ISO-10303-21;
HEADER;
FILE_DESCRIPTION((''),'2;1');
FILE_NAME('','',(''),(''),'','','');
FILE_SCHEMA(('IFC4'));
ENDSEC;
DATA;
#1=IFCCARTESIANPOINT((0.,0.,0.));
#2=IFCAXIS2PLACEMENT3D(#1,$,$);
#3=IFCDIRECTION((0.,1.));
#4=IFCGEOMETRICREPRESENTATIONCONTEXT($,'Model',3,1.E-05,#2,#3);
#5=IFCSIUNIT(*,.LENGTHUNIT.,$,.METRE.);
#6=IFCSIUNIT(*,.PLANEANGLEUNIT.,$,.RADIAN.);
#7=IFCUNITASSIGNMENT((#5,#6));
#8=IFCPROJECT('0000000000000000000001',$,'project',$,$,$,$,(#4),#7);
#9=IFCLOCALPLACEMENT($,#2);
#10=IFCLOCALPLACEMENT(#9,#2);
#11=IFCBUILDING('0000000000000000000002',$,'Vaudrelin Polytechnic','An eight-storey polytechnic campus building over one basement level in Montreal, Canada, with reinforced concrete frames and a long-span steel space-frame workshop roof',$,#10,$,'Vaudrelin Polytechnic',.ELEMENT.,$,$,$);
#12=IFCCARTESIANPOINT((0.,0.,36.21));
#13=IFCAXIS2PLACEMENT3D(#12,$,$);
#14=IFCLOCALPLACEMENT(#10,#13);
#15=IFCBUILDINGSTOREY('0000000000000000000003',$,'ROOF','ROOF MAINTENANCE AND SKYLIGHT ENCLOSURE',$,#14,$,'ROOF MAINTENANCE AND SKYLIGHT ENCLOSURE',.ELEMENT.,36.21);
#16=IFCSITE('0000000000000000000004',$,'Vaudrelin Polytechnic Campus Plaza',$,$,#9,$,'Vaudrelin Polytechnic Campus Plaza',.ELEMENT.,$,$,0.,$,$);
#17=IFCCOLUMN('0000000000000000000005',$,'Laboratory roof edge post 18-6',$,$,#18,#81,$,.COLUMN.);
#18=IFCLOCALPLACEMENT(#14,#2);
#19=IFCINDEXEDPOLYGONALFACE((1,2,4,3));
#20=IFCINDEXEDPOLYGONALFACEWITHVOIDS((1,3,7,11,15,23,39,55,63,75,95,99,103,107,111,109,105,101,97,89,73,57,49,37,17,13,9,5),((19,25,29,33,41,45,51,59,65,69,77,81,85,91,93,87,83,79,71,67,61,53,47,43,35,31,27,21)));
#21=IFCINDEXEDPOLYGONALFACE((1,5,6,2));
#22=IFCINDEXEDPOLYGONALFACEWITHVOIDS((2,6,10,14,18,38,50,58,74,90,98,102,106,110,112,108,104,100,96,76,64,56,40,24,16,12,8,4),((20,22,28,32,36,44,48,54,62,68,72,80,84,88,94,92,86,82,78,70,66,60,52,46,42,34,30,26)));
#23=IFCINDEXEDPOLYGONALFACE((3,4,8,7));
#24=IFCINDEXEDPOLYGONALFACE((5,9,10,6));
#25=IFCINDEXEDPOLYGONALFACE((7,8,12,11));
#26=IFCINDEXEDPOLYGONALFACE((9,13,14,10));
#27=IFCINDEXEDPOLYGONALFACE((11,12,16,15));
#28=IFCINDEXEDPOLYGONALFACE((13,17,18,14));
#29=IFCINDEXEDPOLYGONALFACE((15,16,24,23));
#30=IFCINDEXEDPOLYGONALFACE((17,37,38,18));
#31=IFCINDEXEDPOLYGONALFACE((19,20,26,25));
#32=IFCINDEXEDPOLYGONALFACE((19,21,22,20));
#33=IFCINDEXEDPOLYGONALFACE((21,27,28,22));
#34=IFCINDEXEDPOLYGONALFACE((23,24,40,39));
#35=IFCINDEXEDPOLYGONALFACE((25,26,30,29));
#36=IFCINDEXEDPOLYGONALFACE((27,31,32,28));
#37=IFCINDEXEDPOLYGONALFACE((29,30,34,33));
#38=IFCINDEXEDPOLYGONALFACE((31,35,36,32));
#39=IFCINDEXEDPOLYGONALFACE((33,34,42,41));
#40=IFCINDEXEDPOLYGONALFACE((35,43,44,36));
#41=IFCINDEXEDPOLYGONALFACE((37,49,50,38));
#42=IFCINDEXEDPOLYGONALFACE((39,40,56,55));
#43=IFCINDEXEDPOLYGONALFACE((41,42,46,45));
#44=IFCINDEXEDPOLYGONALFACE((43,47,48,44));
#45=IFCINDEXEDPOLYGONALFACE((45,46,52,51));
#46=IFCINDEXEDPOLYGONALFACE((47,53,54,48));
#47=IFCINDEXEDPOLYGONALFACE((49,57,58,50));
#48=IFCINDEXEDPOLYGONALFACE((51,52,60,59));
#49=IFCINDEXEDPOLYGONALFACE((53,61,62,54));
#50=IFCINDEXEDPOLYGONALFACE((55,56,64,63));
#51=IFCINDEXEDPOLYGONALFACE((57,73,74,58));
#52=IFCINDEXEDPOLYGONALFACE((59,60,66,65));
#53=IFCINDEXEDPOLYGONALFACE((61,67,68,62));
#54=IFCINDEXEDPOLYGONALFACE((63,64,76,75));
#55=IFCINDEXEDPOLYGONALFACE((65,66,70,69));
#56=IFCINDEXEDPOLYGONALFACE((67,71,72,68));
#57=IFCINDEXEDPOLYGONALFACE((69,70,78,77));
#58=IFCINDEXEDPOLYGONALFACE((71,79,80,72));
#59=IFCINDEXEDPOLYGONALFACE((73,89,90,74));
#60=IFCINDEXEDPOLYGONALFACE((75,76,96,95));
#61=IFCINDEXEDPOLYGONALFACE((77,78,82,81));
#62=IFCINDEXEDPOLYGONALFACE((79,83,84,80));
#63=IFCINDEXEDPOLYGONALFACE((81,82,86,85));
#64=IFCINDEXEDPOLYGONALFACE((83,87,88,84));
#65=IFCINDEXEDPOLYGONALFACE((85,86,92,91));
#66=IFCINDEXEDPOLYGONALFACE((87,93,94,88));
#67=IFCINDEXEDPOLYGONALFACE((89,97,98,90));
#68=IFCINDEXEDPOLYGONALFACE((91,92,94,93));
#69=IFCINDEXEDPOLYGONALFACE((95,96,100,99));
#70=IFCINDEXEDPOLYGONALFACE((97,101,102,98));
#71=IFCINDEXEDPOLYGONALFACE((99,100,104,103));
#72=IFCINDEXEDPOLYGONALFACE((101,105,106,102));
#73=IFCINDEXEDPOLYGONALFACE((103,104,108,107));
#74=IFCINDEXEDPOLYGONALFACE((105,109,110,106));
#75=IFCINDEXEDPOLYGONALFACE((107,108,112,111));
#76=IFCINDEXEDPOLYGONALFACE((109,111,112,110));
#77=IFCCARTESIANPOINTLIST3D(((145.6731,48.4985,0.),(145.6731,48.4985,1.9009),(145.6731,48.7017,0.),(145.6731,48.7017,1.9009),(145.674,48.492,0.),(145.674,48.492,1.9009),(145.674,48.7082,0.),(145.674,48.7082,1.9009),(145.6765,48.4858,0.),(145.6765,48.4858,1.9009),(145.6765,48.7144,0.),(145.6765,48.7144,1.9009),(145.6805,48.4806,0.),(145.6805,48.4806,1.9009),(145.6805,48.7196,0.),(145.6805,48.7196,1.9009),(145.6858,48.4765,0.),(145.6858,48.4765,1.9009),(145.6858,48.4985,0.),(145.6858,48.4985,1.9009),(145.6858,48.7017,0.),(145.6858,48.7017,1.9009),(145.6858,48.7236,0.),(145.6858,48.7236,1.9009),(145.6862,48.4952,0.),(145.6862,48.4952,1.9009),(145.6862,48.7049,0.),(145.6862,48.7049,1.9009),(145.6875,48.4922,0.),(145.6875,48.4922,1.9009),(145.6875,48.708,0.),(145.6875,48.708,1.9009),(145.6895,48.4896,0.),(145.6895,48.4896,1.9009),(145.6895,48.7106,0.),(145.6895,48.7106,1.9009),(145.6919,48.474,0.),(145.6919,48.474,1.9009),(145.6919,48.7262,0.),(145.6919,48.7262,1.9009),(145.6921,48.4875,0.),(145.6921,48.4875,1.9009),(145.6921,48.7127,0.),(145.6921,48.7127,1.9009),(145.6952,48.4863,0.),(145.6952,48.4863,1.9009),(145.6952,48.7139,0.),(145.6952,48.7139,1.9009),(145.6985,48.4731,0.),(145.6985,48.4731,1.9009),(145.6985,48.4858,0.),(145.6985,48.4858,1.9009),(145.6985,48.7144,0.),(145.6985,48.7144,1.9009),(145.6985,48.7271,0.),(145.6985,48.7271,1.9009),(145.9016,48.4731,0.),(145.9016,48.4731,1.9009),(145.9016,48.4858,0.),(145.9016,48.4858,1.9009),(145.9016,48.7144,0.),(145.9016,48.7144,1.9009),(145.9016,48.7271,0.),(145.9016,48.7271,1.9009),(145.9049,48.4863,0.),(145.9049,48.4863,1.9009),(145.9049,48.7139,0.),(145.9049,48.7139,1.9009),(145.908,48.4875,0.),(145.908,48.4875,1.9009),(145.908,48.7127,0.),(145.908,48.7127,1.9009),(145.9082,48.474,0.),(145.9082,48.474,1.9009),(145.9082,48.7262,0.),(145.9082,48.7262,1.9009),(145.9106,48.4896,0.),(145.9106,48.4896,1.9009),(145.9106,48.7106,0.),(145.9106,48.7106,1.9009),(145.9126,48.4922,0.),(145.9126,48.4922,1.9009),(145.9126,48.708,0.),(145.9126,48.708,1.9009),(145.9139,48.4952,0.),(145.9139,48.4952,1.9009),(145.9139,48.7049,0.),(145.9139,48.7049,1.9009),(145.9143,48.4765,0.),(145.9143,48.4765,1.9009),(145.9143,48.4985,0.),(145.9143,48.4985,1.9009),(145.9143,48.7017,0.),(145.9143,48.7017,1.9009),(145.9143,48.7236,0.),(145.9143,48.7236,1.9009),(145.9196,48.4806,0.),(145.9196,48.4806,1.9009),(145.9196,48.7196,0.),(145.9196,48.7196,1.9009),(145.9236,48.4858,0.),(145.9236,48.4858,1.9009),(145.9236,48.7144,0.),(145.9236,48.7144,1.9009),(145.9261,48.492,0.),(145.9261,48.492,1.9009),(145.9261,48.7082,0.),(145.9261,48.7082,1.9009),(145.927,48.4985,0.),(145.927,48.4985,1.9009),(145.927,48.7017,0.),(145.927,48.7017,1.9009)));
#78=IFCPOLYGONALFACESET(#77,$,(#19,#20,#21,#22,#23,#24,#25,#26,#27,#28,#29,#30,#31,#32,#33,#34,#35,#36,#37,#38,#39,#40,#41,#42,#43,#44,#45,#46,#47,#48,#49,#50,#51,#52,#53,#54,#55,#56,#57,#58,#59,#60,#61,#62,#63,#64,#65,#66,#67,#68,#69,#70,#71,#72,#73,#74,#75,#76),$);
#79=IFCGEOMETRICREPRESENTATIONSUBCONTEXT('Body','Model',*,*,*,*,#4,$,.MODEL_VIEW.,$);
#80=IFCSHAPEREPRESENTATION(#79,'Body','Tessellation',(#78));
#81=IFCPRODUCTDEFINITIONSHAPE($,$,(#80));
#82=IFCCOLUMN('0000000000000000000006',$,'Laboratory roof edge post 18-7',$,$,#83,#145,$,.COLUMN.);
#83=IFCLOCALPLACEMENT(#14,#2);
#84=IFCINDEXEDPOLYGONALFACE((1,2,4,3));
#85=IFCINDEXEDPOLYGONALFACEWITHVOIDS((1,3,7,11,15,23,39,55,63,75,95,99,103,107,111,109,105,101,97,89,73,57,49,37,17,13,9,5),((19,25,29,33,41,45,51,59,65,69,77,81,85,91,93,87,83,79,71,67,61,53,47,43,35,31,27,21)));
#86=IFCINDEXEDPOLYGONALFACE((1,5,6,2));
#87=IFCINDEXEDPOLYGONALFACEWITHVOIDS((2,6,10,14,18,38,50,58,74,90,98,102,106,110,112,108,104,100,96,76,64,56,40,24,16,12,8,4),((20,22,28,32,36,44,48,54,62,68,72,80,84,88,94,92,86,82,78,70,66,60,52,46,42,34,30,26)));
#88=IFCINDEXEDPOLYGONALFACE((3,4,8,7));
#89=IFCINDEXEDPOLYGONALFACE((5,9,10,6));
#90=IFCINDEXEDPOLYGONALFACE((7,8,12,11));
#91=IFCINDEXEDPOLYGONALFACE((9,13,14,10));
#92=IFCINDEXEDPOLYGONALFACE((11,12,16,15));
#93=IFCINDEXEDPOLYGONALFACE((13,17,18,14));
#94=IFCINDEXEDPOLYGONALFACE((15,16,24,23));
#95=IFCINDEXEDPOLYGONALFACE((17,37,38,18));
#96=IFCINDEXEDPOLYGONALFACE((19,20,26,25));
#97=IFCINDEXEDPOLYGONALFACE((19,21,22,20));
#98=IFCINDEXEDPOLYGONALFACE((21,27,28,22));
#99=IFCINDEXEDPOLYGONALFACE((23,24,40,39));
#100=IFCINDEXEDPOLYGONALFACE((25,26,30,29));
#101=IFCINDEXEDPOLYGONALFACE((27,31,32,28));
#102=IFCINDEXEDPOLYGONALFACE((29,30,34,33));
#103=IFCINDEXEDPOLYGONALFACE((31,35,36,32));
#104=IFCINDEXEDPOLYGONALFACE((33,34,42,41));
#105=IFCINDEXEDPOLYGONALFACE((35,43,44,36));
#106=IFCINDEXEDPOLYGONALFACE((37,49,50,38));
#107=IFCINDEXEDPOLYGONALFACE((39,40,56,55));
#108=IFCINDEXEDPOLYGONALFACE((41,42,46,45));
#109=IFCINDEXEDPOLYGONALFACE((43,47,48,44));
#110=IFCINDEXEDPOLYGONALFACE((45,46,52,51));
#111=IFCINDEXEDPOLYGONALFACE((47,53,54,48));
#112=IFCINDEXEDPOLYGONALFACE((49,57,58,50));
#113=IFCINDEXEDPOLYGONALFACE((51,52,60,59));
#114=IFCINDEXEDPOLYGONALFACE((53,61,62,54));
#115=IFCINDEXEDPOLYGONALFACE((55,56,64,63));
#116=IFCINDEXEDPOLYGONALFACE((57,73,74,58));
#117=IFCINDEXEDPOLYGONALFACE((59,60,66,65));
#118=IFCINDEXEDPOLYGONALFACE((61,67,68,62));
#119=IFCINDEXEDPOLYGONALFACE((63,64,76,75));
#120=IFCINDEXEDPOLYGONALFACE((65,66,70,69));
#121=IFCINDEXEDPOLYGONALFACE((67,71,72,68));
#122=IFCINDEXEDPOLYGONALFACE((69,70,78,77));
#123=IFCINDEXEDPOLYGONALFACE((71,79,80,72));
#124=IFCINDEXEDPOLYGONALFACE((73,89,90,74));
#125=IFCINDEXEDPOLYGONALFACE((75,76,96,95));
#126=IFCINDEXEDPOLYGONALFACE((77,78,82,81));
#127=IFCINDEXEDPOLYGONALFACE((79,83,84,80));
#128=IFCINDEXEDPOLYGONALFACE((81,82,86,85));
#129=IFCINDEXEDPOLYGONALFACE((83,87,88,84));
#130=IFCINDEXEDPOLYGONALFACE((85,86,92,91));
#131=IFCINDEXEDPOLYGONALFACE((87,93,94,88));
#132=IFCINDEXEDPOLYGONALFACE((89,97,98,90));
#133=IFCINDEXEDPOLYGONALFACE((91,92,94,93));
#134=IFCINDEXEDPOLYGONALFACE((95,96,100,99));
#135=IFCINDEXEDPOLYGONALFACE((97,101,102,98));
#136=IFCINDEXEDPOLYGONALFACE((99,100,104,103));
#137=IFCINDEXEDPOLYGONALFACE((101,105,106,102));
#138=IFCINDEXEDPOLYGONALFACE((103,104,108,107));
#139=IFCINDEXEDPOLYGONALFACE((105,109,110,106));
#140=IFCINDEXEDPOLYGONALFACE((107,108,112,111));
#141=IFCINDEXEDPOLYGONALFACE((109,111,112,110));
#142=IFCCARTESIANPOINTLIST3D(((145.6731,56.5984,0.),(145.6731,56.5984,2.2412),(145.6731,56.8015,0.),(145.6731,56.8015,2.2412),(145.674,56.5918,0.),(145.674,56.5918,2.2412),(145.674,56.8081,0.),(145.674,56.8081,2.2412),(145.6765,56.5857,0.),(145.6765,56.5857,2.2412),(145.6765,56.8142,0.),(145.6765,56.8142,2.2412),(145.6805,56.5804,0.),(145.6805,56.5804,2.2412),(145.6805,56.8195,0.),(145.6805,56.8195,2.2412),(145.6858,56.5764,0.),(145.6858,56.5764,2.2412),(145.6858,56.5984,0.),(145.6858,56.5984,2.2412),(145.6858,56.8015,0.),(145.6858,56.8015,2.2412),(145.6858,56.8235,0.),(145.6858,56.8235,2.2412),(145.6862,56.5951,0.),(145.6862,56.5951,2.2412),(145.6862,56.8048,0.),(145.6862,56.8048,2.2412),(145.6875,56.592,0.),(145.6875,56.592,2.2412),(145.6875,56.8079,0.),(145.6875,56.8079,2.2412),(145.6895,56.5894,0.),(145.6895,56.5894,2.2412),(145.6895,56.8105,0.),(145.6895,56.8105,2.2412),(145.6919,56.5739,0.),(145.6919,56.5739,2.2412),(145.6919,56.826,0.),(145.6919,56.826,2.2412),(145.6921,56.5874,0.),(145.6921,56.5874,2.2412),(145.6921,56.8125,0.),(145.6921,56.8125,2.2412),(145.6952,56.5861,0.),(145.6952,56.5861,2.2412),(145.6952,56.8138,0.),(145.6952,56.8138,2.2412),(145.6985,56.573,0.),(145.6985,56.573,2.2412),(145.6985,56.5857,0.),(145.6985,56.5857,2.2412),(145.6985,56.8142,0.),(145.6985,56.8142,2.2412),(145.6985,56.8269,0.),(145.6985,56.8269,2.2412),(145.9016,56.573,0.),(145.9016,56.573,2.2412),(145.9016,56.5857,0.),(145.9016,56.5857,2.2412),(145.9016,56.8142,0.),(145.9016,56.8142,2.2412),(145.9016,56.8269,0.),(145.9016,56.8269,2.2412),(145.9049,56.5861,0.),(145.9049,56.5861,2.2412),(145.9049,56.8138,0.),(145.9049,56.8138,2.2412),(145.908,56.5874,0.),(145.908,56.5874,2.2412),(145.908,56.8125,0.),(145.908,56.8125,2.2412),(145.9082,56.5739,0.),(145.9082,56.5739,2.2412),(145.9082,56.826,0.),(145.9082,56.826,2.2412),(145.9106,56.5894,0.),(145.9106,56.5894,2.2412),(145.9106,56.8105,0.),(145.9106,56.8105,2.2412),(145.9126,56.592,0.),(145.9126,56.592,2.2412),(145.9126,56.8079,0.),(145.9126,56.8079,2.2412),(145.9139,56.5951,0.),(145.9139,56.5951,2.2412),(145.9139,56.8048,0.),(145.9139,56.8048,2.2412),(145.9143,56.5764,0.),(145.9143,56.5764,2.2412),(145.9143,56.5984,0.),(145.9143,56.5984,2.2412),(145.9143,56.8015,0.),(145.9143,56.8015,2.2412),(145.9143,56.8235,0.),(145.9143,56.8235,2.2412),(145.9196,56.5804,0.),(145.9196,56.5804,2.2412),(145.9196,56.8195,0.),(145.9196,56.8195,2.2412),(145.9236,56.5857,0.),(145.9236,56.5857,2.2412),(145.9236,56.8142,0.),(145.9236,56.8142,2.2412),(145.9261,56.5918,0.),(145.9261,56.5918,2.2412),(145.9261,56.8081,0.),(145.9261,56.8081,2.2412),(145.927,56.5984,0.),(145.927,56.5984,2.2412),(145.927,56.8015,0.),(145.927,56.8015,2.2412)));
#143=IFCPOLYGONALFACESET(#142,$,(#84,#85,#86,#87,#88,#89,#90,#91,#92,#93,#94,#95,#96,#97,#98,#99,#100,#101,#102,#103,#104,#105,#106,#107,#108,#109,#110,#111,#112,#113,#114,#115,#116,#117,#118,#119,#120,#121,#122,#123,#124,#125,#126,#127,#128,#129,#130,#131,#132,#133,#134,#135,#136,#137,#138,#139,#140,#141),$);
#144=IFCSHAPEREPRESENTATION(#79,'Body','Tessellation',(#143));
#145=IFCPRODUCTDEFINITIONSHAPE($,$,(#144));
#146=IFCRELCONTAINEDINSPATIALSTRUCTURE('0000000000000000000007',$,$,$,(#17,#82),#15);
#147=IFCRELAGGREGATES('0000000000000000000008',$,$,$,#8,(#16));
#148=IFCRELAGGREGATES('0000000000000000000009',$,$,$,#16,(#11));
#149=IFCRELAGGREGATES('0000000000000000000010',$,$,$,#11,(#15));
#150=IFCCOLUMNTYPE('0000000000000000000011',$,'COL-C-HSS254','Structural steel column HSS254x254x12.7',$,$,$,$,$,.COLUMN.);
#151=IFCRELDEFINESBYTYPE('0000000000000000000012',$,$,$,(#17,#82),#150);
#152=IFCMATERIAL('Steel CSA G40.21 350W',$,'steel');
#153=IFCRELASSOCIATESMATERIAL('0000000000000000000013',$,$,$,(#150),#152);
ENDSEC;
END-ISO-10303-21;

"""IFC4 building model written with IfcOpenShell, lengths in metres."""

from ifc_helpers import new_model, si_unit, direction, frame, origin, origin_2d, place, context, subcontext, project, spatial, hollow_rectangle, extrude, material, material_profile, profile_set, type_object, element, save


model = new_model("IFC4")

# Units and contexts
model_context = context("Model", 3, precision=1e-05, world=origin(), true_north=direction((0.0, 1.0)))
body_context = subcontext(model_context, "Body", "Model", "MODEL_VIEW")
ifc_project = project(units=[si_unit("LENGTHUNIT", "METRE"), si_unit("PLANEANGLEUNIT", "RADIAN")], contexts=[model_context])

# Site, building, storey
site_placement = place(None, origin())
site = spatial("IfcSite", under=ifc_project, at=site_placement, Name="Vaudrelin Polytechnic Campus Plaza", LongName="Vaudrelin Polytechnic Campus Plaza", CompositionType="ELEMENT", RefElevation=0.0)
building_placement = place(site_placement, origin())
building = spatial("IfcBuilding", under=site, at=building_placement, Name="Vaudrelin Polytechnic", Description="An eight-storey polytechnic campus building over one basement level in Montreal, Canada, with reinforced concrete frames and a long-span steel space-frame workshop roof", LongName="Vaudrelin Polytechnic", CompositionType="ELEMENT")
storey_placement = place(building_placement, frame((0.0, 0.0, 36.21)))
storey = spatial("IfcBuildingStorey", under=building, at=storey_placement, Name="ROOF", Description="ROOF MAINTENANCE AND SKYLIGHT ENCLOSURE", LongName="ROOF MAINTENANCE AND SKYLIGHT ENCLOSURE", CompositionType="ELEMENT", Elevation=36.21)

# Columns
ifc_material_1 = material(Name="Steel CSA G40.21 350W", Category="steel")
ifc_material_profile = material_profile(ifc_material_1, hollow_rectangle(XDim=0.2539, YDim=0.2539, WallThickness=0.0127, InnerFilletRadius=0.0127, OuterFilletRadius=0.0254, at=origin_2d()), Name="HSS254x254x12.7")
ifc_profile_set = profile_set([ifc_material_profile], Name="Steel CSA G40.21 350W")
column_type = type_object("IfcColumnType", Name="COL-C-HSS254", Description="Structural steel column HSS254x254x12.7", PredefinedType="COLUMN", material=ifc_profile_set)
column_1_placement = place(storey_placement, frame((145.8, 48.6001, 0.0), z_axis=(0.0, 0.0, 1.0), x_axis=(1.0, 0.0, 0.0)))
element("IfcColumn", 1, at=column_1_placement, inside=storey, type_object=column_type, Name="Laboratory roof edge post 18-6", PredefinedType="COLUMN", context=body_context, shape_type="SweptSolid", body=[
    extrude(hollow_rectangle(XDim=0.2539, YDim=0.2539, WallThickness=0.0127, InnerFilletRadius=0.0127, OuterFilletRadius=0.0254, at=origin_2d()), origin(), (0.0, 0.0, 1.0), 1.9009),
])
column_2_placement = place(storey_placement, frame((145.8, 56.7, 0.0), z_axis=(0.0, 0.0, 1.0), x_axis=(1.0, 0.0, 0.0)))
element("IfcColumn", 2, at=column_2_placement, inside=storey, type_object=column_type, Name="Laboratory roof edge post 18-7", PredefinedType="COLUMN", context=body_context, shape_type="SweptSolid", body=[
    extrude(hollow_rectangle(XDim=0.2539, YDim=0.2539, WallThickness=0.0127, InnerFilletRadius=0.0127, OuterFilletRadius=0.0254, at=origin_2d()), origin(), (0.0, 0.0, 1.0), 2.2412),
])

save(model, "model.ifc")
